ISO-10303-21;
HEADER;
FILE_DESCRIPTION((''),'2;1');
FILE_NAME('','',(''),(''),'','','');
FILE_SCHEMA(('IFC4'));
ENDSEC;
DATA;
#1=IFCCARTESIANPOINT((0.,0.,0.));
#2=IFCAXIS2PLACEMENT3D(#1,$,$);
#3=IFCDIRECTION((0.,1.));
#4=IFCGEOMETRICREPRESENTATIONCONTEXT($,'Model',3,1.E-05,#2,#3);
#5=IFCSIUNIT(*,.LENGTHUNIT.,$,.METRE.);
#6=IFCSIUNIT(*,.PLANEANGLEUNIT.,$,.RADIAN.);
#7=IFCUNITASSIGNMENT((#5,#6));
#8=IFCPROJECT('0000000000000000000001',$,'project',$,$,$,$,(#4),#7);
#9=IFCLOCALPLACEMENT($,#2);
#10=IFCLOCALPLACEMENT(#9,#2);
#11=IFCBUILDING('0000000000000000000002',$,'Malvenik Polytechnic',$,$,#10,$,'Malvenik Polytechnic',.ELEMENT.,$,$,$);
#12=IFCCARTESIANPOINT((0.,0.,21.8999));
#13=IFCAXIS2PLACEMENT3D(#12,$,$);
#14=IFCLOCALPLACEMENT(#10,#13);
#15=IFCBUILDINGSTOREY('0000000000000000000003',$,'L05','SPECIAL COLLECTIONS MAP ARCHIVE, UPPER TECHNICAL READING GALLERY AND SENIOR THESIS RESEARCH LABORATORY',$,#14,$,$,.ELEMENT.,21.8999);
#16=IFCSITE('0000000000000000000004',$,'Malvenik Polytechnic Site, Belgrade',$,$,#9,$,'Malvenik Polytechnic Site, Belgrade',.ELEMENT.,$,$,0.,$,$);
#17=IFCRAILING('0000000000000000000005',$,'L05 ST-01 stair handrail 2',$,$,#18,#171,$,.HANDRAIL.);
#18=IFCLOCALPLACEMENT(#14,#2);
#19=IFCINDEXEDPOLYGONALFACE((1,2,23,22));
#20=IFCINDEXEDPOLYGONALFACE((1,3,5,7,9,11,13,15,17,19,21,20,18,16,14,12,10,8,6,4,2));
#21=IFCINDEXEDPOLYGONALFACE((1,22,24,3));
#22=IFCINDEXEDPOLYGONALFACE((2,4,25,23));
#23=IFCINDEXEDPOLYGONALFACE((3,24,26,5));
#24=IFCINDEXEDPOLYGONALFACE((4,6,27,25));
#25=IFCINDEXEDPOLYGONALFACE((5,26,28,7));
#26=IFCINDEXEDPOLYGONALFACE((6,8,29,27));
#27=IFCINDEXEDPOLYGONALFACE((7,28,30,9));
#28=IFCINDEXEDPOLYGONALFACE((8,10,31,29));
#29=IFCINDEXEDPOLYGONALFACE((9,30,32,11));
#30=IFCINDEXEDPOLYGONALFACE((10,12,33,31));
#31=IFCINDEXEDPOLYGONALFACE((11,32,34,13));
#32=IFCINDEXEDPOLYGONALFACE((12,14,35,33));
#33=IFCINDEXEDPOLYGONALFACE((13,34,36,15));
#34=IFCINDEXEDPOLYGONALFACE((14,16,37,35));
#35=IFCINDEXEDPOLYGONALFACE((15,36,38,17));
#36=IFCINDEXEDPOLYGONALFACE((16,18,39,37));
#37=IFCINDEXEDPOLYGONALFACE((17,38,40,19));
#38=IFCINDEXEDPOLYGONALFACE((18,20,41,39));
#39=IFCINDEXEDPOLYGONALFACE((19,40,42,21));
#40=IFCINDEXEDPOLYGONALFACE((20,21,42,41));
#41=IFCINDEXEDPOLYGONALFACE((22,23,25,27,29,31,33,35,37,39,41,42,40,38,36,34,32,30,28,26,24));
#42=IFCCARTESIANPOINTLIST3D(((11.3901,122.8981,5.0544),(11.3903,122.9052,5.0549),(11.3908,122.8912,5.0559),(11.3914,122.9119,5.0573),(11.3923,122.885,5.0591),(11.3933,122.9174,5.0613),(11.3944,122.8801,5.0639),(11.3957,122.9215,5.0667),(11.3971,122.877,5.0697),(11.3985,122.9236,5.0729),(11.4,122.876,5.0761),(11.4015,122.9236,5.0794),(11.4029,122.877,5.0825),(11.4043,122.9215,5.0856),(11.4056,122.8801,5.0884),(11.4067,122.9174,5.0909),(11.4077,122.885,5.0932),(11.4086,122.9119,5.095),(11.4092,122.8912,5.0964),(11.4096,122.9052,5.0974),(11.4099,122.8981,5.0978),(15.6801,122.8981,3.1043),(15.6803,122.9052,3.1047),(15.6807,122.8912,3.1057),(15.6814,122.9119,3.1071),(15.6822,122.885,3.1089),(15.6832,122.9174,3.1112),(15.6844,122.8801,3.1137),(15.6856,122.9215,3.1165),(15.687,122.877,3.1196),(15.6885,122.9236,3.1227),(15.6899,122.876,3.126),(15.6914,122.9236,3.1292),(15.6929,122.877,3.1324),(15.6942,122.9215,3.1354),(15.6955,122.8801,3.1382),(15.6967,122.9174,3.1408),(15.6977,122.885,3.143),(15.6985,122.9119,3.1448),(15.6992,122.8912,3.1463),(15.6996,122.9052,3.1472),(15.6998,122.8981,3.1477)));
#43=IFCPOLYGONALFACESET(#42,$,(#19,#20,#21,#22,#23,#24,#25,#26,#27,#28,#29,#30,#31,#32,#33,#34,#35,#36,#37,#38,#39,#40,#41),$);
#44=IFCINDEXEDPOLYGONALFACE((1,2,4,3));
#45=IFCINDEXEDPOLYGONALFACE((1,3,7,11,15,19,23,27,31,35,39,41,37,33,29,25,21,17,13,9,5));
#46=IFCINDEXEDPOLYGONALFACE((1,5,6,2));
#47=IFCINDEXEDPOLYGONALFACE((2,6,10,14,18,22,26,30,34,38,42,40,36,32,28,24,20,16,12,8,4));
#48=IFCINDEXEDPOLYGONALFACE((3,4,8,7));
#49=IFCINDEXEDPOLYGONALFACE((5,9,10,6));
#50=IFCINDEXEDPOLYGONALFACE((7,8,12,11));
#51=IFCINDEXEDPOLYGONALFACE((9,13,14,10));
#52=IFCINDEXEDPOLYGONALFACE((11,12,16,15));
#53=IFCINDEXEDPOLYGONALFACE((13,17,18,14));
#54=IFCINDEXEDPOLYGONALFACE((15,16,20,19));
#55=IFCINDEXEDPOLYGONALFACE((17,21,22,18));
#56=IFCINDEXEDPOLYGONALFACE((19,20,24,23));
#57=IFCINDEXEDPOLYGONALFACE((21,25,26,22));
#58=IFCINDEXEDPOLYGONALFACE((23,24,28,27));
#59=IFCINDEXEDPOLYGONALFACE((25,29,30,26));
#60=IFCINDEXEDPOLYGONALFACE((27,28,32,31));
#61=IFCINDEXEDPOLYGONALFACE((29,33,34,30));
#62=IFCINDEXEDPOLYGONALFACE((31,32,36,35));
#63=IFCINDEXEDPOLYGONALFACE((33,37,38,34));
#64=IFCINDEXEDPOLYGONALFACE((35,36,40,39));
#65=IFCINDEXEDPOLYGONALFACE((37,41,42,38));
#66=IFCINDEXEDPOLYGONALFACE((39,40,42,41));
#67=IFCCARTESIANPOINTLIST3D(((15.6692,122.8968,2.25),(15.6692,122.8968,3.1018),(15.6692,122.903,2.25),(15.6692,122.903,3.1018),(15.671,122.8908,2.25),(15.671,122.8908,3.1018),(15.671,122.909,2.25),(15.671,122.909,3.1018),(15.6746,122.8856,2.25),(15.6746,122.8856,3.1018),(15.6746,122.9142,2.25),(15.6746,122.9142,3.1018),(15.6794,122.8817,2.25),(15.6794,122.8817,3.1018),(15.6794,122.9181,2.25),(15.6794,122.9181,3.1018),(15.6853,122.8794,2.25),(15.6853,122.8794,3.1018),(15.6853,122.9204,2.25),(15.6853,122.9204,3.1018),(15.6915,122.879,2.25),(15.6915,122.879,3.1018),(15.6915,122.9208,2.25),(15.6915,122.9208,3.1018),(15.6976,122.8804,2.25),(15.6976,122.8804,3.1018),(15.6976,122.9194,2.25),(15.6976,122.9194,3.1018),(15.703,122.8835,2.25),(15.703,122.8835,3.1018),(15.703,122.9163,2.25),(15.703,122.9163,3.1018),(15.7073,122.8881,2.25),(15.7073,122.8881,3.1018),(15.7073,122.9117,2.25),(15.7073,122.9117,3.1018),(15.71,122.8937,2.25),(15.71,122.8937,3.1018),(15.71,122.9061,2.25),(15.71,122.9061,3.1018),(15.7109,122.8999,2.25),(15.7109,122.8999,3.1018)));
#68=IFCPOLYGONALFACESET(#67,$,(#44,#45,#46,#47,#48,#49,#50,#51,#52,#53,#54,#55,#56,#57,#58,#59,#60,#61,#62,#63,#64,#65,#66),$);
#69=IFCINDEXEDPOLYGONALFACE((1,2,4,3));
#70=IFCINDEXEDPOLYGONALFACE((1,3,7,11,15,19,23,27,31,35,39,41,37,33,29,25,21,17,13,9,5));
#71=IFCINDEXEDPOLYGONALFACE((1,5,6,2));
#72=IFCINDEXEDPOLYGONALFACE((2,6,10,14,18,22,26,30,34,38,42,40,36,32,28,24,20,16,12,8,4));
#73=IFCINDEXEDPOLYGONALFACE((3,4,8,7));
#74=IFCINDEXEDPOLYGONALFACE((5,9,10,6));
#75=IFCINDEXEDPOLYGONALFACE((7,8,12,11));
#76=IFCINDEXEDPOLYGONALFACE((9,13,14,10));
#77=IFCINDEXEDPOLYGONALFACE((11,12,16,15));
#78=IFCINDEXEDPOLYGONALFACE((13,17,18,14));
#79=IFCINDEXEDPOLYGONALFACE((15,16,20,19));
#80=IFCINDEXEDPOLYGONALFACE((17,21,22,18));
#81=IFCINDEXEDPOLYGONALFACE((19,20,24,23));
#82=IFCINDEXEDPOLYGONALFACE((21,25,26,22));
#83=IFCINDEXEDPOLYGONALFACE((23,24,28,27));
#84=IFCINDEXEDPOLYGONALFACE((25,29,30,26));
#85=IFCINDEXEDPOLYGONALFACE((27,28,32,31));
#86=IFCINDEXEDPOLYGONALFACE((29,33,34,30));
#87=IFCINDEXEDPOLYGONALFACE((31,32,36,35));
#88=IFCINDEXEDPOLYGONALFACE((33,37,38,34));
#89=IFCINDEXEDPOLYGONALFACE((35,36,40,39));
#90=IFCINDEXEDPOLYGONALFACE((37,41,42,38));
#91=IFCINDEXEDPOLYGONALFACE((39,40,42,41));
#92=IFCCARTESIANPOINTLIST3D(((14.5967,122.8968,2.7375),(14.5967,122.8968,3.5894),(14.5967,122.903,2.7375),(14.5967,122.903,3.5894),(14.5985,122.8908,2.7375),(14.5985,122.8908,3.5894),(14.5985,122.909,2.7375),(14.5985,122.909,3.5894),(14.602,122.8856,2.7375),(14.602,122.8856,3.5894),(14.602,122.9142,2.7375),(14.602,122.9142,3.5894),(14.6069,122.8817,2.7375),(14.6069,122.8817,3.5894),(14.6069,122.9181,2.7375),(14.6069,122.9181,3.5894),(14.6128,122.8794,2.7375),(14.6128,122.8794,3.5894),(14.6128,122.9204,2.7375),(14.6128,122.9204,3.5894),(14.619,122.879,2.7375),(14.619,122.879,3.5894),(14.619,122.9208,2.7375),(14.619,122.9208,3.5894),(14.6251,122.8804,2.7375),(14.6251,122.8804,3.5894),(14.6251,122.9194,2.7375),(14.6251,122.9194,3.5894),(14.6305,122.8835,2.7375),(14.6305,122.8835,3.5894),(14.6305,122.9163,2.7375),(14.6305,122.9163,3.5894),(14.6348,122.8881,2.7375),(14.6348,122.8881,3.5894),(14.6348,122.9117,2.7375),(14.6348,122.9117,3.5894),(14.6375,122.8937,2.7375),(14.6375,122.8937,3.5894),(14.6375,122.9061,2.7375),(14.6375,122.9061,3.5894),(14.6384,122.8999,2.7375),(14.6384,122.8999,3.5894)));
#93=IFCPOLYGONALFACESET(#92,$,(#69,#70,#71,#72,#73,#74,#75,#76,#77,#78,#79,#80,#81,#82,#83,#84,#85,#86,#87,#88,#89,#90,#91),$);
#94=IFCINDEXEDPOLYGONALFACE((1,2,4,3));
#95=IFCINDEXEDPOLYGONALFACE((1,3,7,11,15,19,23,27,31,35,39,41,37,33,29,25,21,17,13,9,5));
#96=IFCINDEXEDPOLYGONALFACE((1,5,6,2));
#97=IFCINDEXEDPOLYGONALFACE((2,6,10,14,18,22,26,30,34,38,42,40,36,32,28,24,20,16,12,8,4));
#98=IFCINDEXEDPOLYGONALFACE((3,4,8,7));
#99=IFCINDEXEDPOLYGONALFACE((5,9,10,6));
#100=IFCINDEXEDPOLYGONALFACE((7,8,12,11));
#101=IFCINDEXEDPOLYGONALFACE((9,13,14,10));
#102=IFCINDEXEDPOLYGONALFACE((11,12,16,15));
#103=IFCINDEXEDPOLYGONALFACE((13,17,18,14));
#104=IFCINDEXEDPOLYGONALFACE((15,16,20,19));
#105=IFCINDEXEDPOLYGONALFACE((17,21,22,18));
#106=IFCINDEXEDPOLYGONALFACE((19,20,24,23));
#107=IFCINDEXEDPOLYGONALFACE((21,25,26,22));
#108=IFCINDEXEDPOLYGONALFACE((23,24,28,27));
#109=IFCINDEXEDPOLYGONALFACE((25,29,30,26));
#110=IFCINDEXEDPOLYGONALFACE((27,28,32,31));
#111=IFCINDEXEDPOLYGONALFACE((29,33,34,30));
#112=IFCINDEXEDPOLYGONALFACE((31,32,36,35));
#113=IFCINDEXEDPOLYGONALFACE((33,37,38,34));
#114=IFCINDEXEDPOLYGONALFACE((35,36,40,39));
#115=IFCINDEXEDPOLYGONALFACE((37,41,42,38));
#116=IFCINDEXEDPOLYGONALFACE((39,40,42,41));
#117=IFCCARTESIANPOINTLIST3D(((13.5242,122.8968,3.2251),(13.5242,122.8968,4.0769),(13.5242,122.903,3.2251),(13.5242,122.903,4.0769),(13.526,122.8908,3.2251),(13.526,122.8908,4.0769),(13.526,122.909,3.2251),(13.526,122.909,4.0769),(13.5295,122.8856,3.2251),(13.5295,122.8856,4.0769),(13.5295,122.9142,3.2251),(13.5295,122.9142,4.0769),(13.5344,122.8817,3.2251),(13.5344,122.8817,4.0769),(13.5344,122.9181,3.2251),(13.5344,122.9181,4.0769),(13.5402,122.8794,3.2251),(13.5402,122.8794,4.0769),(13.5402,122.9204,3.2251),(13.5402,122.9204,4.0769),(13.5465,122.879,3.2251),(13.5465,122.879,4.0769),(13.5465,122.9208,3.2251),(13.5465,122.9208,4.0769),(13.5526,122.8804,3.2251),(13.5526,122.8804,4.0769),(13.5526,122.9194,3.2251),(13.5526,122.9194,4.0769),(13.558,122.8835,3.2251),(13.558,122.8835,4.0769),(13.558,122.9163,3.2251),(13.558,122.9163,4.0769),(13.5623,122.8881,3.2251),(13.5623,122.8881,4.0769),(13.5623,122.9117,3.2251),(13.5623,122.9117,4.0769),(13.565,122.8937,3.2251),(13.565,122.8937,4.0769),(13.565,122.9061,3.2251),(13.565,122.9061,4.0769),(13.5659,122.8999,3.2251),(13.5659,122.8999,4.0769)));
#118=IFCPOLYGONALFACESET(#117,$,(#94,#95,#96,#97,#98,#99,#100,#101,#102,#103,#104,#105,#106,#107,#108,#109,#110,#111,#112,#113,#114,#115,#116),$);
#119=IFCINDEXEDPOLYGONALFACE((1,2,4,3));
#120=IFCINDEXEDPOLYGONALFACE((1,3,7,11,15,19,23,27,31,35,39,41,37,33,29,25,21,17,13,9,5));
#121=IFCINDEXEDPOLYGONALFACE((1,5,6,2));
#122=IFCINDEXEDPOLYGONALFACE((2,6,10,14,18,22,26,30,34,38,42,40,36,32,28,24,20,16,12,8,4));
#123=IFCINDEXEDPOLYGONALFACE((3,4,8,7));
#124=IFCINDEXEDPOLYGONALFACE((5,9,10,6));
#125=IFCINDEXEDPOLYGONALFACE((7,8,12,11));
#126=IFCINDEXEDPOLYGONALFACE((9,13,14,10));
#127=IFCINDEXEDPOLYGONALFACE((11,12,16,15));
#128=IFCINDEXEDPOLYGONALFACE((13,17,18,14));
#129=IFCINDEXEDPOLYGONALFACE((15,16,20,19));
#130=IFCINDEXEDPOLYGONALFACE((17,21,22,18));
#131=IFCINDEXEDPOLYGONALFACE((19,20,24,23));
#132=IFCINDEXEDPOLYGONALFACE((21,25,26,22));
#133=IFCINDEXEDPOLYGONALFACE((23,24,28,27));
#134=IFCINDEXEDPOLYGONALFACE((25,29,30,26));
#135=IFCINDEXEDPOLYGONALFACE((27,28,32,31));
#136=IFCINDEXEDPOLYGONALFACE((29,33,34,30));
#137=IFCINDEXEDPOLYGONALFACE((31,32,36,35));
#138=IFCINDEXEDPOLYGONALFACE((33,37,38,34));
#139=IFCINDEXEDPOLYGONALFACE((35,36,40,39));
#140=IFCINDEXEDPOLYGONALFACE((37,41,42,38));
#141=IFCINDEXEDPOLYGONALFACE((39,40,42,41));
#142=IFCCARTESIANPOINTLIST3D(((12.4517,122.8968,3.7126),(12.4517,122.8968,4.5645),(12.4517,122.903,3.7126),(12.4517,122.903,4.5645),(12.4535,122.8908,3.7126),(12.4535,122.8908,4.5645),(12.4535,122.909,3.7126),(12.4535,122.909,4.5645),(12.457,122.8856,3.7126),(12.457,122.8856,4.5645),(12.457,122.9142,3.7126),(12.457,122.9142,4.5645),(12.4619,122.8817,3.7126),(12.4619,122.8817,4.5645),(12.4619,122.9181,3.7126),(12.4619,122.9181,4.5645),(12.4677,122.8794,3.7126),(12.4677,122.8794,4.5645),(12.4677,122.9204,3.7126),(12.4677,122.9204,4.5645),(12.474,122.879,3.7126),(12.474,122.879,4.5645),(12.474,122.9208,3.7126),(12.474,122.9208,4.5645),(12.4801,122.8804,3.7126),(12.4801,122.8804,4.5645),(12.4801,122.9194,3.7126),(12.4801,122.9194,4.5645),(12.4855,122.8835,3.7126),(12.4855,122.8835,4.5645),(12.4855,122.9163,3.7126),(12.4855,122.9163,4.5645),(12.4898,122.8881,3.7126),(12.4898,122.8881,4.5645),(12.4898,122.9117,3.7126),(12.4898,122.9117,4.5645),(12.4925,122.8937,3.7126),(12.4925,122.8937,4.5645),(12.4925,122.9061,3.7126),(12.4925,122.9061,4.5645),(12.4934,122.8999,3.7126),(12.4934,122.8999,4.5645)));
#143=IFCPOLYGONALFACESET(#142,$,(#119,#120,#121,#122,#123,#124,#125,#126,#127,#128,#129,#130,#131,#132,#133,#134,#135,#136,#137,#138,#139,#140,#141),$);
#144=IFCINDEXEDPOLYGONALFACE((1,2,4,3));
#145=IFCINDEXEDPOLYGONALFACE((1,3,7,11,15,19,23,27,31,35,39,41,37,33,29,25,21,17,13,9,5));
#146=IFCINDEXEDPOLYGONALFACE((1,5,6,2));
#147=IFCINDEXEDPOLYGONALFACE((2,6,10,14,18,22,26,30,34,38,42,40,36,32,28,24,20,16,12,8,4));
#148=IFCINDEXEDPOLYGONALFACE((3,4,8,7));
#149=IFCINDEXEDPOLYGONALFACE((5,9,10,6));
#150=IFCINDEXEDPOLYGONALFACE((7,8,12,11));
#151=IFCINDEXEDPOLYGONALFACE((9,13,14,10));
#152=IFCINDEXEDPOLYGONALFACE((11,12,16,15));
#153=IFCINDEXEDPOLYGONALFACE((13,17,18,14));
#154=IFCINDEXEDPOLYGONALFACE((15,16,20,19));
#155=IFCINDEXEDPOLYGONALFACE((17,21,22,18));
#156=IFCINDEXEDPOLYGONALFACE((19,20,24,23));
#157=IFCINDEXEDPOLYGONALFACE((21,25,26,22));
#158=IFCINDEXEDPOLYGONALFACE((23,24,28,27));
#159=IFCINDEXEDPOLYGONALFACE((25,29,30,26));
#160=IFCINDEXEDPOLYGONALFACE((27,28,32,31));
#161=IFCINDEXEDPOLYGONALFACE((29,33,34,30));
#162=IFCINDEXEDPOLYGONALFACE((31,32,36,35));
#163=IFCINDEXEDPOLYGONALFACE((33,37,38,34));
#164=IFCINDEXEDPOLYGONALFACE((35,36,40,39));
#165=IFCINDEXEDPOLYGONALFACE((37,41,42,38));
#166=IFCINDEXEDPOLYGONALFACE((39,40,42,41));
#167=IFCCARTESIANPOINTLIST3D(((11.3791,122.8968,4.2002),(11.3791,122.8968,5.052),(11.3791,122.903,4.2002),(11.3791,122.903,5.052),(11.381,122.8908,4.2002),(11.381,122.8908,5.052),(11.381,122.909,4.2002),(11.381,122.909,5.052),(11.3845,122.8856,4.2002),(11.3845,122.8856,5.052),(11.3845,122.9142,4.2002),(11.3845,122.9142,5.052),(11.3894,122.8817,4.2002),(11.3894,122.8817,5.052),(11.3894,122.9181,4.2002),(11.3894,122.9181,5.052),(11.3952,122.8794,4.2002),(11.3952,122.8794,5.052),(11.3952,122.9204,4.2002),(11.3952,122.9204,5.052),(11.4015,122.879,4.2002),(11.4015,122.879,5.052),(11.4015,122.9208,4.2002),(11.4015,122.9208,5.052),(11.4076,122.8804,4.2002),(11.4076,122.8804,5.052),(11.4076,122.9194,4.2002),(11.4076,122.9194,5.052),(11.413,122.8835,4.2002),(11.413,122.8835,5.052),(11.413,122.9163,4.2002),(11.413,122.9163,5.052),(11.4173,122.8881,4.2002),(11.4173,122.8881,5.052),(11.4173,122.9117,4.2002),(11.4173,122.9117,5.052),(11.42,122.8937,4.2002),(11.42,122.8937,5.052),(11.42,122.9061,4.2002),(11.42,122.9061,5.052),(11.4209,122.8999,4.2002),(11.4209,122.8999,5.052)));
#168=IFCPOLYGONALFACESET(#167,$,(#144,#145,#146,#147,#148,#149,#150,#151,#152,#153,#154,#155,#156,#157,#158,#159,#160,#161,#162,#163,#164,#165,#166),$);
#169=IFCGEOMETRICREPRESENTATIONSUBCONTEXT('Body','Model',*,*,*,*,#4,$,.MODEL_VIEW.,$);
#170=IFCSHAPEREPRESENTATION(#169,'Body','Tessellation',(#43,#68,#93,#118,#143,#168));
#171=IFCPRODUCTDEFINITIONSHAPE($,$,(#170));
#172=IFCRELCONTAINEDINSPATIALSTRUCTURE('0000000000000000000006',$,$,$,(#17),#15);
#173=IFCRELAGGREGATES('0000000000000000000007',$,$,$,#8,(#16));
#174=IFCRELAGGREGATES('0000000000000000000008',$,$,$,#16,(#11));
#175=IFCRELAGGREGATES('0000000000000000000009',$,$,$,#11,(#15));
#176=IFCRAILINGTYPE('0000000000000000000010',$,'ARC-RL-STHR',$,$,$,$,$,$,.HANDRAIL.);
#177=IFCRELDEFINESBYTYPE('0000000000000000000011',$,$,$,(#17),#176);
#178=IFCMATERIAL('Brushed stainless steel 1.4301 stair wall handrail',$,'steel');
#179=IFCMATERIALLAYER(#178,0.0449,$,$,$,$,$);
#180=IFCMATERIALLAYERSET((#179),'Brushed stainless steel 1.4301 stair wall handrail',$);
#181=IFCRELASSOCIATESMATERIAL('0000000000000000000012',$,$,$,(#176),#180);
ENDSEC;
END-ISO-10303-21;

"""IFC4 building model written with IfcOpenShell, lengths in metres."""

from ifc_helpers import new_model, si_unit, direction, frame, origin, origin_2d, place, context, subcontext, project, spatial, circle, extrude, material, layer, layer_set, type_object, element, save


model = new_model("IFC4")

# Units and contexts
model_context = context("Model", 3, precision=1e-05, world=origin(), true_north=direction((0.0, 1.0)))
body_context = subcontext(model_context, "Body", "Model", "MODEL_VIEW")
ifc_project = project(units=[si_unit("LENGTHUNIT", "METRE"), si_unit("PLANEANGLEUNIT", "RADIAN")], contexts=[model_context])

# Site, building, storey
site_placement = place(None, origin())
site = spatial("IfcSite", under=ifc_project, at=site_placement, Name="Malvenik Polytechnic Site, Belgrade", LongName="Malvenik Polytechnic Site, Belgrade", CompositionType="ELEMENT", RefElevation=0.0)
building_placement = place(site_placement, origin())
building = spatial("IfcBuilding", under=site, at=building_placement, Name="Malvenik Polytechnic", LongName="Malvenik Polytechnic", CompositionType="ELEMENT")
storey_placement = place(building_placement, frame((0.0, 0.0, 21.8999)))
storey = spatial("IfcBuildingStorey", under=building, at=storey_placement, Name="L05", Description="SPECIAL COLLECTIONS MAP ARCHIVE, UPPER TECHNICAL READING GALLERY AND SENIOR THESIS RESEARCH LABORATORY", CompositionType="ELEMENT", Elevation=21.8999)

# Railing
ifc_material_1 = material(Name="Brushed stainless steel 1.4301 stair wall handrail", Category="steel")
ifc_layer_1 = layer(ifc_material_1, 0.0449)
ifc_layer_set_1 = layer_set([ifc_layer_1], Name="Brushed stainless steel 1.4301 stair wall handrail")
railing_type_1 = type_object("IfcRailingType", Name="ARC-RL-STHR", PredefinedType="HANDRAIL", material=ifc_layer_set_1)
railing_1_placement = place(storey_placement, frame((15.6899, 122.8999, 2.25)))
element("IfcRailing", 1, at=railing_1_placement, inside=storey, type_object=railing_type_1, Name="L05 ST-01 stair handrail 2", PredefinedType="HANDRAIL", context=body_context, shape_type="SweptSolid", body=[
    extrude(circle(Radius=0.0239, at=origin_2d()), frame((0.0, 0.0, 0.876), z_axis=(-0.910352, 0.0, 0.413834), x_axis=(0.0, -1.0, 0.0)), (0.0, 0.0, 1.0), 4.7124),
    extrude(circle(Radius=0.021, at=origin_2d()), origin(), (0.0, 0.0, 1.0), 0.8518),
    extrude(circle(Radius=0.021, at=origin_2d()), frame((-1.0725, 0.0, 0.4875)), (0.0, 0.0, 1.0), 0.8518),
    extrude(circle(Radius=0.021, at=origin_2d()), frame((-2.145, 0.0, 0.9751)), (0.0, 0.0, 1.0), 0.8518),
    extrude(circle(Radius=0.021, at=origin_2d()), frame((-3.2175, 0.0, 1.4626)), (0.0, 0.0, 1.0), 0.8518),
    extrude(circle(Radius=0.021, at=origin_2d()), frame((-4.29, 0.0, 1.9502)), (0.0, 0.0, 1.0), 0.8518),
])

save(model, "model.ifc")
